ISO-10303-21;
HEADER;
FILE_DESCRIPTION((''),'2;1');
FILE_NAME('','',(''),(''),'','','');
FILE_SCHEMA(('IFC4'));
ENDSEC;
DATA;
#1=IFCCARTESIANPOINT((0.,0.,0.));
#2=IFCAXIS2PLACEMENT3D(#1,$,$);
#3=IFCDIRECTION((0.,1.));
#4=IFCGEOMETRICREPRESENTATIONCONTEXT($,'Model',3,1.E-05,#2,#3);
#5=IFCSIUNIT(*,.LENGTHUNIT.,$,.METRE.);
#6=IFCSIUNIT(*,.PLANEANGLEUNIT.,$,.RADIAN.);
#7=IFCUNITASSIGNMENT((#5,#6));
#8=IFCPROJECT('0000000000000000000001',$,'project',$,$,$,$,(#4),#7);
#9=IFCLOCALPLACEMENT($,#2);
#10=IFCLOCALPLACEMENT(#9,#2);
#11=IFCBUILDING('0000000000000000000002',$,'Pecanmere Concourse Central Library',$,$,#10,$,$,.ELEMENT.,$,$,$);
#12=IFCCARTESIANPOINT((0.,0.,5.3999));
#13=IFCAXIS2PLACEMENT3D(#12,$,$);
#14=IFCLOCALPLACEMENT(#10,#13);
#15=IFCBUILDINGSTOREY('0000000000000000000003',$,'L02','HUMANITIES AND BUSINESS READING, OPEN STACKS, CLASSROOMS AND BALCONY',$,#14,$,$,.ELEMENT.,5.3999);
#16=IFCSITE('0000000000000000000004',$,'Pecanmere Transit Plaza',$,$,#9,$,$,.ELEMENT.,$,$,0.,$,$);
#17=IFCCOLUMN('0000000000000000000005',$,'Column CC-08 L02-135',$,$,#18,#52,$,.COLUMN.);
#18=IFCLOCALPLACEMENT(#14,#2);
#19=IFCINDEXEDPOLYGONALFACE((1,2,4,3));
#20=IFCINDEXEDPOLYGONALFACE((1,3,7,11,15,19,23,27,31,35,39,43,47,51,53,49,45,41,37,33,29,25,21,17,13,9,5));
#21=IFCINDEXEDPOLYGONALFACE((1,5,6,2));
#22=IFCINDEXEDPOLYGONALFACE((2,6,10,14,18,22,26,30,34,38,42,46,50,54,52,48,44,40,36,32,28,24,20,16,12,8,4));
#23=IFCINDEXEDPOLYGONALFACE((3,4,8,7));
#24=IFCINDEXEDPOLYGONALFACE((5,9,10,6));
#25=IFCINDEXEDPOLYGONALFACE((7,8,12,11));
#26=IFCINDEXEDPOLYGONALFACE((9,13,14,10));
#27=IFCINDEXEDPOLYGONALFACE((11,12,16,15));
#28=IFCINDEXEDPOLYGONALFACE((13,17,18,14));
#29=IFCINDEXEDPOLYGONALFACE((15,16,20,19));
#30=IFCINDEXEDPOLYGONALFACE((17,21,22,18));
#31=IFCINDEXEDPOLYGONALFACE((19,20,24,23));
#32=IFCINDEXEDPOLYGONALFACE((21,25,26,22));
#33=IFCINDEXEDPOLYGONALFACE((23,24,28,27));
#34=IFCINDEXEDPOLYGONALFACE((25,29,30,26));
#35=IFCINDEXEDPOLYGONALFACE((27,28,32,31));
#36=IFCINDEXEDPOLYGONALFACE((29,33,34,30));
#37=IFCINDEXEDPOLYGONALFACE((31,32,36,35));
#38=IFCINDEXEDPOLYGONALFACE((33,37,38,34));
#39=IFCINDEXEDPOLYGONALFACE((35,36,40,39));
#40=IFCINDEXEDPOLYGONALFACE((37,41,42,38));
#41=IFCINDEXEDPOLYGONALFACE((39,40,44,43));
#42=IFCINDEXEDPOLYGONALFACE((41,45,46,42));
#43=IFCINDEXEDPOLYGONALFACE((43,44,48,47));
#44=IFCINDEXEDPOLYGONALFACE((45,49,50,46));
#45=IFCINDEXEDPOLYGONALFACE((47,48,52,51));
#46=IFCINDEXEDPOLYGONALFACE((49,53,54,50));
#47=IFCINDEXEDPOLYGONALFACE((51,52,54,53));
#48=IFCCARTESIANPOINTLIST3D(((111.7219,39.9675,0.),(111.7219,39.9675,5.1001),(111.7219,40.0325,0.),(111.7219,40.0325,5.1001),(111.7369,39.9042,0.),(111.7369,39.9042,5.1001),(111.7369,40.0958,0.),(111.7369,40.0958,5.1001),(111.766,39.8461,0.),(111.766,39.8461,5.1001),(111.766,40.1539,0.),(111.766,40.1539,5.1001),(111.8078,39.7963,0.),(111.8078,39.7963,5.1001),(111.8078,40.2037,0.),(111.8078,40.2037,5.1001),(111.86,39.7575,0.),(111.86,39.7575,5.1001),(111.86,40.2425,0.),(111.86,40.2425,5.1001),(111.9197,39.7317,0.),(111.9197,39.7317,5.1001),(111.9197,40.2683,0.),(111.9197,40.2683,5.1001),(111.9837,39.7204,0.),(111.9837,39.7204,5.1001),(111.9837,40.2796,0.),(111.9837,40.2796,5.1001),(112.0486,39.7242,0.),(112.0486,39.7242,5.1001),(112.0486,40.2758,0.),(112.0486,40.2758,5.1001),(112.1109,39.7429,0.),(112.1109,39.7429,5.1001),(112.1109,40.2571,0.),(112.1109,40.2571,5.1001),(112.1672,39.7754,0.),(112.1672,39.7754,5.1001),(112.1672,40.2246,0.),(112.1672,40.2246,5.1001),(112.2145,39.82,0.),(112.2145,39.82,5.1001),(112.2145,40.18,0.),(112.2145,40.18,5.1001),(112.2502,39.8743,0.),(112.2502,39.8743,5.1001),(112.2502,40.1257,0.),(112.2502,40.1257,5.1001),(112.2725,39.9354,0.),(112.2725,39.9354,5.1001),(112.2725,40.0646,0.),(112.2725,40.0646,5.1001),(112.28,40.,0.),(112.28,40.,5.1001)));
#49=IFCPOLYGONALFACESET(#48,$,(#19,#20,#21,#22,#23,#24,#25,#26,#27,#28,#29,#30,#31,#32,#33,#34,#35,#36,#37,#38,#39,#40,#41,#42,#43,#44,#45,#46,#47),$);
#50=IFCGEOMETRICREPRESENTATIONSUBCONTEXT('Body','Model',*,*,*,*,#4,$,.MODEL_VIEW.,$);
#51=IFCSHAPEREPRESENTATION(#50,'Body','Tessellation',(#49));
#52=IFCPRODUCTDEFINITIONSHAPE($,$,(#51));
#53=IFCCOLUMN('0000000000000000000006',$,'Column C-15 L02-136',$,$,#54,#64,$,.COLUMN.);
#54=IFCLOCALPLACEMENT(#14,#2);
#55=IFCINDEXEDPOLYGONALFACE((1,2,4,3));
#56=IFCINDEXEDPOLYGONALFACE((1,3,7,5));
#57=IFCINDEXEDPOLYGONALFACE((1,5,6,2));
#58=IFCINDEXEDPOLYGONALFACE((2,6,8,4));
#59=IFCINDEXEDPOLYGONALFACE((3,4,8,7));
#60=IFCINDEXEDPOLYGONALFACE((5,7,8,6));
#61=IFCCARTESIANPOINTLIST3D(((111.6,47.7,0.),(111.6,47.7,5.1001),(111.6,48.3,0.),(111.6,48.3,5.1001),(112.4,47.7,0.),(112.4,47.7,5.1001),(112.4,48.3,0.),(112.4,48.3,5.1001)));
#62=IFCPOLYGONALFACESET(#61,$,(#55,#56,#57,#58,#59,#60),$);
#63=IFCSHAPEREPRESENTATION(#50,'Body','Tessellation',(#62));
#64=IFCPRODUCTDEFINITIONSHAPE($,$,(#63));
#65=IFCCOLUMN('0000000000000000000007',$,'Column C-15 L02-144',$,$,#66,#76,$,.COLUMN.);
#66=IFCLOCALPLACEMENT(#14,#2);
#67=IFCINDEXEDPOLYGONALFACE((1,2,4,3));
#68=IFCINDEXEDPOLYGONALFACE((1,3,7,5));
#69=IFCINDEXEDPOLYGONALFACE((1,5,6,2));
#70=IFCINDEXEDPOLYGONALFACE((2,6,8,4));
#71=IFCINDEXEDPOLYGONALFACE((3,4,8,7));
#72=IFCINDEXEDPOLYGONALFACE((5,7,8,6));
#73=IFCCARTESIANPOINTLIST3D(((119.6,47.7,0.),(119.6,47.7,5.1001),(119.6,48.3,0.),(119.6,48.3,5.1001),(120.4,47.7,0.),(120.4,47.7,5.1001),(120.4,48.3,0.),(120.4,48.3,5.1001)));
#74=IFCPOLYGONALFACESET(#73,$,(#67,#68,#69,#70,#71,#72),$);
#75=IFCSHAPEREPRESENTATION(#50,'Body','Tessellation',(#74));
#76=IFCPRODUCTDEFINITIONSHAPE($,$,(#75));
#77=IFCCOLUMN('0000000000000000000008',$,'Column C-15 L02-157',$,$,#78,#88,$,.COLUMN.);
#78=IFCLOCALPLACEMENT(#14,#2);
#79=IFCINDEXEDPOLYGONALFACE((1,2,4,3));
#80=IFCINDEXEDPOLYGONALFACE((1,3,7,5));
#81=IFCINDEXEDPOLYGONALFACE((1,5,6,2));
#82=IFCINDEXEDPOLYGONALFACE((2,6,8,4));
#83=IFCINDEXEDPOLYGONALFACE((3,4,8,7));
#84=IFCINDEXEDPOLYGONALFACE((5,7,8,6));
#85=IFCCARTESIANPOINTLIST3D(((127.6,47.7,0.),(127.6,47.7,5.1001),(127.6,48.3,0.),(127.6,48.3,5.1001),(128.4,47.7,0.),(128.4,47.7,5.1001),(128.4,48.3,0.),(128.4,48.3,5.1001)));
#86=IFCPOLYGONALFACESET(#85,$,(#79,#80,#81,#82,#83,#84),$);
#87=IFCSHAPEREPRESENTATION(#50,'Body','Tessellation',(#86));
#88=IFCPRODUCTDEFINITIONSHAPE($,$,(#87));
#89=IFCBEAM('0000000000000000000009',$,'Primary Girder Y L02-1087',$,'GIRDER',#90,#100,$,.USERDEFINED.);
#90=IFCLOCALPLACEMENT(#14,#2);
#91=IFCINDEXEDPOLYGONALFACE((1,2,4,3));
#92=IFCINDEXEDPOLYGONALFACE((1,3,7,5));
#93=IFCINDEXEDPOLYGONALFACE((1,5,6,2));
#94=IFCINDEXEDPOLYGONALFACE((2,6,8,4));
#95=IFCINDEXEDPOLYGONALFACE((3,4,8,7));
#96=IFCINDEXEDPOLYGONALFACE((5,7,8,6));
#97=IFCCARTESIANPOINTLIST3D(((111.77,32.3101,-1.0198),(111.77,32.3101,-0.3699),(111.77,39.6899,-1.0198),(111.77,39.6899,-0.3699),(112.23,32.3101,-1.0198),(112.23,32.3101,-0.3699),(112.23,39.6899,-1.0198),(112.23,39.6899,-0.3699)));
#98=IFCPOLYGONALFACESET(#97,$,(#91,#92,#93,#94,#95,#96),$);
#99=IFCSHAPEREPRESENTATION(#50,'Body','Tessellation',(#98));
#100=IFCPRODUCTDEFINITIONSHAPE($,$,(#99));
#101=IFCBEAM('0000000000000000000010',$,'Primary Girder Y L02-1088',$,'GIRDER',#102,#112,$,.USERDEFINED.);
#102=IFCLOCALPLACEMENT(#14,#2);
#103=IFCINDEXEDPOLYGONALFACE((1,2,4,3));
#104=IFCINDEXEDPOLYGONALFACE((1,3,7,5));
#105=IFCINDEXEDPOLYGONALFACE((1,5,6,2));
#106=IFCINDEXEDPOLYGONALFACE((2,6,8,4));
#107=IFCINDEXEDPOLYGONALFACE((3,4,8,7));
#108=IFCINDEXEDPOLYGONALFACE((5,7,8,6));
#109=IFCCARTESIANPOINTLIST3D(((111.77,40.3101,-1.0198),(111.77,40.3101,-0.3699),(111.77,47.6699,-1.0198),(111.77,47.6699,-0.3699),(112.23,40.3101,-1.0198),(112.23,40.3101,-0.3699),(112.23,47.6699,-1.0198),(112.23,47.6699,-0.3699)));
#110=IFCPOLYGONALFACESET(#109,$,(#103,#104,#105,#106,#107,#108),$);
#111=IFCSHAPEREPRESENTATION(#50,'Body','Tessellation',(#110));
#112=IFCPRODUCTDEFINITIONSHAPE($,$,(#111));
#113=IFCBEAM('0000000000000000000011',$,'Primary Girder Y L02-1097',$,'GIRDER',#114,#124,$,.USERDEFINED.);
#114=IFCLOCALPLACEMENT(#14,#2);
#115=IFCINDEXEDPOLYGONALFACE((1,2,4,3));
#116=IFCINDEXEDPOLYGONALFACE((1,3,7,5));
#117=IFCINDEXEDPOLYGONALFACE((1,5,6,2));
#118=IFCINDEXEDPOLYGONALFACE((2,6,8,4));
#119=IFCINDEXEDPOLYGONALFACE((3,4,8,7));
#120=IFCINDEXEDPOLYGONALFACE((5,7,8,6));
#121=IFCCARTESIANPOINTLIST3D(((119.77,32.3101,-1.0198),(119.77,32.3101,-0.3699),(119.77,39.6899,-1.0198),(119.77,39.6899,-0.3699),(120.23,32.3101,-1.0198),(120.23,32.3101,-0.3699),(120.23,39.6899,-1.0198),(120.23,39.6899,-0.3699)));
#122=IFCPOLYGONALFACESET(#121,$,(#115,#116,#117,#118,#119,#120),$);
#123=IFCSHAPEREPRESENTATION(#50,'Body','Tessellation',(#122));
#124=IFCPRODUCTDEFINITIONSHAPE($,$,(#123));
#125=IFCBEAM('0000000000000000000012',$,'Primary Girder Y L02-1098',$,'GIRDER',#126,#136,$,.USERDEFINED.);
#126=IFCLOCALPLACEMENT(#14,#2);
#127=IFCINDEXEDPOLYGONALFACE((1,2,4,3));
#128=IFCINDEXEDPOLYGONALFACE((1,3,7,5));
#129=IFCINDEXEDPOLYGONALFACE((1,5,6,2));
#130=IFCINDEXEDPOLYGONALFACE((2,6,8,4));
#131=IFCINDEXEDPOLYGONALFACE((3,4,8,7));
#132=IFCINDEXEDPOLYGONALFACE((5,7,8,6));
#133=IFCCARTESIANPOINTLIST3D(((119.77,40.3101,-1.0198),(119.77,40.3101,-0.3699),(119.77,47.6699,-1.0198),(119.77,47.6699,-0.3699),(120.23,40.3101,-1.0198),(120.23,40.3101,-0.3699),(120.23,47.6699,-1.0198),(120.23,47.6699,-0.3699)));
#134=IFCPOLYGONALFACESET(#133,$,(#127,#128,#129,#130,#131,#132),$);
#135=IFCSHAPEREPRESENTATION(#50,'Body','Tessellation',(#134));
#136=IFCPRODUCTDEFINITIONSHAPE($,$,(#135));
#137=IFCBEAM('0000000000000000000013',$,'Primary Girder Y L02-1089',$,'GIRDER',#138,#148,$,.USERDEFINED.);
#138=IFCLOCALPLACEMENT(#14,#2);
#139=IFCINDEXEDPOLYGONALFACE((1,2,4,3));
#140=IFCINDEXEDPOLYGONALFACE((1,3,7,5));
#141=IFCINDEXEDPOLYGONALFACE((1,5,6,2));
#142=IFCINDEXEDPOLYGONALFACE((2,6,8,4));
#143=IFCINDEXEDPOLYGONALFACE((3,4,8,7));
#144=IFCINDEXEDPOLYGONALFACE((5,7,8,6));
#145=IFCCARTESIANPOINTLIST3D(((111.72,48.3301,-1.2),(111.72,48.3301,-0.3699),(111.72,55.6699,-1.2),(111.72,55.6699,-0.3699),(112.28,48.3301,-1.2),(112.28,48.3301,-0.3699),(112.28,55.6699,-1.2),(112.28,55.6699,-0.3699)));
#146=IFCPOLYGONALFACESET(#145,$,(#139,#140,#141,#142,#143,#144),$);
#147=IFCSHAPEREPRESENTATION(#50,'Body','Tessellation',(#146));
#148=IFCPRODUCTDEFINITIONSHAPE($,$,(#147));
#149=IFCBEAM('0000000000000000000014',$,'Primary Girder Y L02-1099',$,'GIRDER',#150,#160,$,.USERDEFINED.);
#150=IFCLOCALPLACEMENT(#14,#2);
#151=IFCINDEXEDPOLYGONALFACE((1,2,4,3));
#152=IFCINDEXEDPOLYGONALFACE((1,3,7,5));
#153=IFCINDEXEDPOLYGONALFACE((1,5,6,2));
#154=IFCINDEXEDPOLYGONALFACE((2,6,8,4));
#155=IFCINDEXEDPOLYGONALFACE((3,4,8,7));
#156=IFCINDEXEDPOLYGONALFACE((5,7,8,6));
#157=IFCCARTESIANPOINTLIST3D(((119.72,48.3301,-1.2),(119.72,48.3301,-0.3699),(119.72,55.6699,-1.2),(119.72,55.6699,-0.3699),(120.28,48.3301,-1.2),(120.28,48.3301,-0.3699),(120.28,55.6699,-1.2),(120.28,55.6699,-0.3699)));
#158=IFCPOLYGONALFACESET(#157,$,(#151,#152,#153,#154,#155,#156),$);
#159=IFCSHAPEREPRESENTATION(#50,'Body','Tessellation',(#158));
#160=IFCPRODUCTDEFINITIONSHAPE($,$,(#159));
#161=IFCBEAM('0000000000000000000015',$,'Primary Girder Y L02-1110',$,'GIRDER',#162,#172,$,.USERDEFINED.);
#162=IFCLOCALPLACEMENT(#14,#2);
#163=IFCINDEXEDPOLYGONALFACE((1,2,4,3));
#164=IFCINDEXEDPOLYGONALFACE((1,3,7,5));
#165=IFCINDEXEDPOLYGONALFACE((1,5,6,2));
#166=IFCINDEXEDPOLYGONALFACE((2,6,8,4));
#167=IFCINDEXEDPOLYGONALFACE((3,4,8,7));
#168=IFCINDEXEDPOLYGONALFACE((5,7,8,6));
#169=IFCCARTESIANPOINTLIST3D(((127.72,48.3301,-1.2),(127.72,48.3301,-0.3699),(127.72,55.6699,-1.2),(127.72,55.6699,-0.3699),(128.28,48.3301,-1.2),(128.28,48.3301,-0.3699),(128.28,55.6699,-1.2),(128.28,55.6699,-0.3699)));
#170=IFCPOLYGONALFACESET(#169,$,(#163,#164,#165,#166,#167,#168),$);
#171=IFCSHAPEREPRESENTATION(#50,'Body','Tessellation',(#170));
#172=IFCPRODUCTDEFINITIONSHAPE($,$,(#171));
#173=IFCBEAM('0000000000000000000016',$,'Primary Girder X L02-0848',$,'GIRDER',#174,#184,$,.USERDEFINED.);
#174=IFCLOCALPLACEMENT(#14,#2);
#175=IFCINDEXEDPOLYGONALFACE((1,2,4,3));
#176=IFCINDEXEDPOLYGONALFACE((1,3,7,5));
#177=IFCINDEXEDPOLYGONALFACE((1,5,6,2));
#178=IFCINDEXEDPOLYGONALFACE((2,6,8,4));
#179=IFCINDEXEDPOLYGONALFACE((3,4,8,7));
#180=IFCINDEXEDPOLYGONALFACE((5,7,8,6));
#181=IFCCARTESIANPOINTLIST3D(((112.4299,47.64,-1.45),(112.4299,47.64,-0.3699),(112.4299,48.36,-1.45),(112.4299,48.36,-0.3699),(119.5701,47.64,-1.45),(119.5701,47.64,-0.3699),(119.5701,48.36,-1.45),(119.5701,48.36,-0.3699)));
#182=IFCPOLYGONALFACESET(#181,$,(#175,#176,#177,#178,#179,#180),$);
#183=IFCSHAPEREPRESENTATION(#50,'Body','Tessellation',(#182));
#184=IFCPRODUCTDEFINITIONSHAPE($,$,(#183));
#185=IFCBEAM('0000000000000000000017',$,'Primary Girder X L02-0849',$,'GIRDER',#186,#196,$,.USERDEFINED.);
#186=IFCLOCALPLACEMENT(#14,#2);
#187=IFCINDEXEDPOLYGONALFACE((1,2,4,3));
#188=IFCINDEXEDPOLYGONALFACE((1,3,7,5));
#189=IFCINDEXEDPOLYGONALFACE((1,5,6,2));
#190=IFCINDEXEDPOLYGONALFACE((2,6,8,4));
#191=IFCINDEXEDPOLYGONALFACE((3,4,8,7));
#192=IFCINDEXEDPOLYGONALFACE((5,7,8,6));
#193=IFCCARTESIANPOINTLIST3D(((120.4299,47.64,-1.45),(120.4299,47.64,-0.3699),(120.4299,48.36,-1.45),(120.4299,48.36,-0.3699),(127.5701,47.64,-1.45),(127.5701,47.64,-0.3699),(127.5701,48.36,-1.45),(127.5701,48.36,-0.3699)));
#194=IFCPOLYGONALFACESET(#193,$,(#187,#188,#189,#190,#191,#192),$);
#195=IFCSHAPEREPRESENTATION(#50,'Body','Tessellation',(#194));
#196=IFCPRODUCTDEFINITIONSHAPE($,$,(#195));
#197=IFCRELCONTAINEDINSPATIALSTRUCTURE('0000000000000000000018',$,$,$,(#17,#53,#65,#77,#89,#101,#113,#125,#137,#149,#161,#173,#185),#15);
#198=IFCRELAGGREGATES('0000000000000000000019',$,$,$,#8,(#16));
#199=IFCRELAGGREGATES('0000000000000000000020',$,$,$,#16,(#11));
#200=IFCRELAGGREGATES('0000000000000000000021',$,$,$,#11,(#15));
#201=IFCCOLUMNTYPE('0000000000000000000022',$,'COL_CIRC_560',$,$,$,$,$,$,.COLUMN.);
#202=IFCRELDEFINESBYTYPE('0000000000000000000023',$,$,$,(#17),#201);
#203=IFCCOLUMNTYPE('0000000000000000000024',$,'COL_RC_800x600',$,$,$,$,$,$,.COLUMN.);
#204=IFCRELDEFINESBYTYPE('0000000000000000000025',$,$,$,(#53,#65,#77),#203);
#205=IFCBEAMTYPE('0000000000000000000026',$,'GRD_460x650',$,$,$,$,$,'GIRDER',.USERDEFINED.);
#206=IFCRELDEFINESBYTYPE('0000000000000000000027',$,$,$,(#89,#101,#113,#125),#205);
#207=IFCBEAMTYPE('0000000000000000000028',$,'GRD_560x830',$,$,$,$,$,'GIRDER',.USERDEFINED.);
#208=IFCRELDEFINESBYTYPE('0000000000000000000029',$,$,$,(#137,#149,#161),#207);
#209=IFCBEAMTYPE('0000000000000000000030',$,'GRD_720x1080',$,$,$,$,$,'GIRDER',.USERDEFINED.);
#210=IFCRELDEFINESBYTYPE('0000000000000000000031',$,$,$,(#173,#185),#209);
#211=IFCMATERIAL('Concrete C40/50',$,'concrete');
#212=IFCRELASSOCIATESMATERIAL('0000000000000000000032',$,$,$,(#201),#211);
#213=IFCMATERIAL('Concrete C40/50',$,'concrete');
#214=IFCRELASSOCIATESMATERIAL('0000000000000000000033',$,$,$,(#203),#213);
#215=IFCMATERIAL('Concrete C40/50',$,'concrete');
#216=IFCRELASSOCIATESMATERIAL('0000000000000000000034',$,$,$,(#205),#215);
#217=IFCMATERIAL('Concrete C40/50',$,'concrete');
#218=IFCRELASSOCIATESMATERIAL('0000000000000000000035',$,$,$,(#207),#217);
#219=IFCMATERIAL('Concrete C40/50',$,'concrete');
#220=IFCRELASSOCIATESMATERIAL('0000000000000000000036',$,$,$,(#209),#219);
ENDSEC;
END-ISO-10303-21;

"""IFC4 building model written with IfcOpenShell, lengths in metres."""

from ifc_helpers import new_model, si_unit, direction, frame, origin, origin_2d, place, context, subcontext, project, spatial, rectangle, circle, extrude, material, material_profile, profile_set, type_object, element, save


model = new_model("IFC4")

# Units and contexts
model_context = context("Model", 3, precision=1e-05, world=origin(), true_north=direction((0.0, 1.0)))
body_context = subcontext(model_context, "Body", "Model", "MODEL_VIEW")
ifc_project = project(units=[si_unit("LENGTHUNIT", "METRE"), si_unit("PLANEANGLEUNIT", "RADIAN")], contexts=[model_context])

# Site, building, storey
site_placement = place(None, origin())
site = spatial("IfcSite", under=ifc_project, at=site_placement, Name="Pecanmere Transit Plaza", CompositionType="ELEMENT", RefElevation=0.0)
building_placement = place(site_placement, origin())
building = spatial("IfcBuilding", under=site, at=building_placement, Name="Pecanmere Concourse Central Library", CompositionType="ELEMENT")
storey_placement = place(building_placement, frame((0.0, 0.0, 5.3999)))
storey = spatial("IfcBuildingStorey", under=building, at=storey_placement, Name="L02", Description="HUMANITIES AND BUSINESS READING, OPEN STACKS, CLASSROOMS AND BALCONY", CompositionType="ELEMENT", Elevation=5.3999)

# Columns
ifc_material_1 = material(Name="Concrete C40/50", Category="concrete")
ifc_material_profile_1 = material_profile(ifc_material_1, circle(Radius=0.28, at=origin_2d()), Name="RC D560")
ifc_profile_set_1 = profile_set([ifc_material_profile_1], Name="Concrete C40/50")
column_type_1 = type_object("IfcColumnType", Name="COL_CIRC_560", PredefinedType="COLUMN", material=ifc_profile_set_1)
column_placement = place(storey_placement, frame((112.0, 40.0, 0.0), z_axis=(0.0, 0.0, 1.0), x_axis=(1.0, 0.0, 0.0)))
element("IfcColumn", 1, at=column_placement, inside=storey, type_object=column_type_1, Name="Column CC-08 L02-135", PredefinedType="COLUMN", context=body_context, shape_type="SweptSolid", body=[
    extrude(circle(Radius=0.28, at=origin_2d()), origin(), (0.0, 0.0, 1.0), 5.1001),
])
ifc_material_2 = material(Name="Concrete C40/50", Category="concrete")
ifc_material_profile_2 = material_profile(ifc_material_2, rectangle(XDim=0.8, YDim=0.6001, at=origin_2d()), Name="RC 800x600")
ifc_profile_set_2 = profile_set([ifc_material_profile_2], Name="Concrete C40/50")
column_type_2 = type_object("IfcColumnType", Name="COL_RC_800x600", PredefinedType="COLUMN", material=ifc_profile_set_2)
for number, where, z_axis, x_axis, name in (
    (2, (112.0, 48.0, 0.0), (0.0, 0.0, 1.0), (1.0, 0.0, 0.0), "Column C-15 L02-136"),
    (3, (120.0, 48.0, 0.0), (0.0, 0.0, 1.0), (1.0, 0.0, 0.0), "Column C-15 L02-144"),
    (4, (128.0, 48.0, 0.0), (0.0, 0.0, 1.0), (1.0, 0.0, 0.0), "Column C-15 L02-157"),
):
    element("IfcColumn", number, at=place(storey_placement, frame(where, z_axis=z_axis, x_axis=x_axis)), inside=storey, type_object=column_type_2, Name=name, PredefinedType="COLUMN", context=body_context, shape_type="SweptSolid", body=[
        extrude(rectangle(XDim=0.8, YDim=0.6001, at=origin_2d()), origin(), (0.0, 0.0, 1.0), 5.1001),
    ])

# Beams
ifc_material_3 = material(Name="Concrete C40/50", Category="concrete")
ifc_material_profile_3 = material_profile(ifc_material_3, rectangle(XDim=0.46, YDim=0.6499, at=origin_2d()), Name="RC 460x650")
ifc_profile_set_3 = profile_set([ifc_material_profile_3], Name="Concrete C40/50")
beam_type_1 = type_object("IfcBeamType", Name="GRD_460x650", ElementType="GIRDER", PredefinedType="USERDEFINED", material=ifc_profile_set_3)
beam_1_placement = place(storey_placement, frame((112.0, 32.3101, -0.6948), z_axis=(0.0, 1.0, 0.0), x_axis=(-1.0, 0.0, 0.0)))
element("IfcBeam", 5, at=beam_1_placement, inside=storey, type_object=beam_type_1, Name="Primary Girder Y L02-1087", ObjectType="GIRDER", PredefinedType="USERDEFINED", context=body_context, shape_type="SweptSolid", body=[
    extrude(rectangle(XDim=0.46, YDim=0.6499, at=origin_2d()), origin(), (0.0, 0.0, 1.0), 7.3799),
])
beam_2_placement = place(storey_placement, frame((112.0, 40.3101, -0.6948), z_axis=(0.0, 1.0, 0.0), x_axis=(-1.0, 0.0, 0.0)))
element("IfcBeam", 6, at=beam_2_placement, inside=storey, type_object=beam_type_1, Name="Primary Girder Y L02-1088", ObjectType="GIRDER", PredefinedType="USERDEFINED", context=body_context, shape_type="SweptSolid", body=[
    extrude(rectangle(XDim=0.46, YDim=0.6499, at=origin_2d()), origin(), (0.0, 0.0, 1.0), 7.3599),
])
beam_3_placement = place(storey_placement, frame((120.0, 32.3101, -0.6948), z_axis=(0.0, 1.0, 0.0), x_axis=(-1.0, 0.0, 0.0)))
element("IfcBeam", 7, at=beam_3_placement, inside=storey, type_object=beam_type_1, Name="Primary Girder Y L02-1097", ObjectType="GIRDER", PredefinedType="USERDEFINED", context=body_context, shape_type="SweptSolid", body=[
    extrude(rectangle(XDim=0.46, YDim=0.6499, at=origin_2d()), origin(), (0.0, 0.0, 1.0), 7.3799),
])
beam_4_placement = place(storey_placement, frame((120.0, 40.3101, -0.6948), z_axis=(0.0, 1.0, 0.0), x_axis=(-1.0, 0.0, 0.0)))
element("IfcBeam", 8, at=beam_4_placement, inside=storey, type_object=beam_type_1, Name="Primary Girder Y L02-1098", ObjectType="GIRDER", PredefinedType="USERDEFINED", context=body_context, shape_type="SweptSolid", body=[
    extrude(rectangle(XDim=0.46, YDim=0.6499, at=origin_2d()), origin(), (0.0, 0.0, 1.0), 7.3599),
])
ifc_material_4 = material(Name="Concrete C40/50", Category="concrete")
ifc_material_profile_4 = material_profile(ifc_material_4, rectangle(XDim=0.5601, YDim=0.8301, at=origin_2d()), Name="RC 560x830")
ifc_profile_set_4 = profile_set([ifc_material_profile_4], Name="Concrete C40/50")
beam_type_2 = type_object("IfcBeamType", Name="GRD_560x830", ElementType="GIRDER", PredefinedType="USERDEFINED", material=ifc_profile_set_4)
for number, where, z_axis, x_axis, name in (
    (9, (112.0, 48.3301, -0.7849), (0.0, 1.0, 0.0), (-1.0, 0.0, 0.0), "Primary Girder Y L02-1089"),
    (10, (120.0, 48.3301, -0.7849), (0.0, 1.0, 0.0), (-1.0, 0.0, 0.0), "Primary Girder Y L02-1099"),
    (11, (128.0, 48.3301, -0.7849), (0.0, 1.0, 0.0), (-1.0, 0.0, 0.0), "Primary Girder Y L02-1110"),
):
    element("IfcBeam", number, at=place(storey_placement, frame(where, z_axis=z_axis, x_axis=x_axis)), inside=storey, type_object=beam_type_2, Name=name, ObjectType="GIRDER", PredefinedType="USERDEFINED", context=body_context, shape_type="SweptSolid", body=[
        extrude(rectangle(XDim=0.5601, YDim=0.8301, at=origin_2d()), origin(), (0.0, 0.0, 1.0), 7.3398),
    ])
ifc_material_5 = material(Name="Concrete C40/50", Category="concrete")
ifc_material_profile_5 = material_profile(ifc_material_5, rectangle(XDim=0.72, YDim=1.0801, at=origin_2d()), Name="RC 720x1080")
ifc_profile_set_5 = profile_set([ifc_material_profile_5], Name="Concrete C40/50")
beam_type_3 = type_object("IfcBeamType", Name="GRD_720x1080", ElementType="GIRDER", PredefinedType="USERDEFINED", material=ifc_profile_set_5)
for number, where, z_axis, x_axis, name in (
    (12, (112.4299, 48.0, -0.9099), (1.0, 0.0, 0.0), (0.0, 1.0, 0.0), "Primary Girder X L02-0848"),
    (13, (120.4299, 48.0, -0.9099), (1.0, 0.0, 0.0), (0.0, 1.0, 0.0), "Primary Girder X L02-0849"),
):
    element("IfcBeam", number, at=place(storey_placement, frame(where, z_axis=z_axis, x_axis=x_axis)), inside=storey, type_object=beam_type_3, Name=name, ObjectType="GIRDER", PredefinedType="USERDEFINED", context=body_context, shape_type="SweptSolid", body=[
        extrude(rectangle(XDim=0.72, YDim=1.0801, at=origin_2d()), origin(), (0.0, 0.0, 1.0), 7.1401),
    ])

save(model, "model.ifc")
